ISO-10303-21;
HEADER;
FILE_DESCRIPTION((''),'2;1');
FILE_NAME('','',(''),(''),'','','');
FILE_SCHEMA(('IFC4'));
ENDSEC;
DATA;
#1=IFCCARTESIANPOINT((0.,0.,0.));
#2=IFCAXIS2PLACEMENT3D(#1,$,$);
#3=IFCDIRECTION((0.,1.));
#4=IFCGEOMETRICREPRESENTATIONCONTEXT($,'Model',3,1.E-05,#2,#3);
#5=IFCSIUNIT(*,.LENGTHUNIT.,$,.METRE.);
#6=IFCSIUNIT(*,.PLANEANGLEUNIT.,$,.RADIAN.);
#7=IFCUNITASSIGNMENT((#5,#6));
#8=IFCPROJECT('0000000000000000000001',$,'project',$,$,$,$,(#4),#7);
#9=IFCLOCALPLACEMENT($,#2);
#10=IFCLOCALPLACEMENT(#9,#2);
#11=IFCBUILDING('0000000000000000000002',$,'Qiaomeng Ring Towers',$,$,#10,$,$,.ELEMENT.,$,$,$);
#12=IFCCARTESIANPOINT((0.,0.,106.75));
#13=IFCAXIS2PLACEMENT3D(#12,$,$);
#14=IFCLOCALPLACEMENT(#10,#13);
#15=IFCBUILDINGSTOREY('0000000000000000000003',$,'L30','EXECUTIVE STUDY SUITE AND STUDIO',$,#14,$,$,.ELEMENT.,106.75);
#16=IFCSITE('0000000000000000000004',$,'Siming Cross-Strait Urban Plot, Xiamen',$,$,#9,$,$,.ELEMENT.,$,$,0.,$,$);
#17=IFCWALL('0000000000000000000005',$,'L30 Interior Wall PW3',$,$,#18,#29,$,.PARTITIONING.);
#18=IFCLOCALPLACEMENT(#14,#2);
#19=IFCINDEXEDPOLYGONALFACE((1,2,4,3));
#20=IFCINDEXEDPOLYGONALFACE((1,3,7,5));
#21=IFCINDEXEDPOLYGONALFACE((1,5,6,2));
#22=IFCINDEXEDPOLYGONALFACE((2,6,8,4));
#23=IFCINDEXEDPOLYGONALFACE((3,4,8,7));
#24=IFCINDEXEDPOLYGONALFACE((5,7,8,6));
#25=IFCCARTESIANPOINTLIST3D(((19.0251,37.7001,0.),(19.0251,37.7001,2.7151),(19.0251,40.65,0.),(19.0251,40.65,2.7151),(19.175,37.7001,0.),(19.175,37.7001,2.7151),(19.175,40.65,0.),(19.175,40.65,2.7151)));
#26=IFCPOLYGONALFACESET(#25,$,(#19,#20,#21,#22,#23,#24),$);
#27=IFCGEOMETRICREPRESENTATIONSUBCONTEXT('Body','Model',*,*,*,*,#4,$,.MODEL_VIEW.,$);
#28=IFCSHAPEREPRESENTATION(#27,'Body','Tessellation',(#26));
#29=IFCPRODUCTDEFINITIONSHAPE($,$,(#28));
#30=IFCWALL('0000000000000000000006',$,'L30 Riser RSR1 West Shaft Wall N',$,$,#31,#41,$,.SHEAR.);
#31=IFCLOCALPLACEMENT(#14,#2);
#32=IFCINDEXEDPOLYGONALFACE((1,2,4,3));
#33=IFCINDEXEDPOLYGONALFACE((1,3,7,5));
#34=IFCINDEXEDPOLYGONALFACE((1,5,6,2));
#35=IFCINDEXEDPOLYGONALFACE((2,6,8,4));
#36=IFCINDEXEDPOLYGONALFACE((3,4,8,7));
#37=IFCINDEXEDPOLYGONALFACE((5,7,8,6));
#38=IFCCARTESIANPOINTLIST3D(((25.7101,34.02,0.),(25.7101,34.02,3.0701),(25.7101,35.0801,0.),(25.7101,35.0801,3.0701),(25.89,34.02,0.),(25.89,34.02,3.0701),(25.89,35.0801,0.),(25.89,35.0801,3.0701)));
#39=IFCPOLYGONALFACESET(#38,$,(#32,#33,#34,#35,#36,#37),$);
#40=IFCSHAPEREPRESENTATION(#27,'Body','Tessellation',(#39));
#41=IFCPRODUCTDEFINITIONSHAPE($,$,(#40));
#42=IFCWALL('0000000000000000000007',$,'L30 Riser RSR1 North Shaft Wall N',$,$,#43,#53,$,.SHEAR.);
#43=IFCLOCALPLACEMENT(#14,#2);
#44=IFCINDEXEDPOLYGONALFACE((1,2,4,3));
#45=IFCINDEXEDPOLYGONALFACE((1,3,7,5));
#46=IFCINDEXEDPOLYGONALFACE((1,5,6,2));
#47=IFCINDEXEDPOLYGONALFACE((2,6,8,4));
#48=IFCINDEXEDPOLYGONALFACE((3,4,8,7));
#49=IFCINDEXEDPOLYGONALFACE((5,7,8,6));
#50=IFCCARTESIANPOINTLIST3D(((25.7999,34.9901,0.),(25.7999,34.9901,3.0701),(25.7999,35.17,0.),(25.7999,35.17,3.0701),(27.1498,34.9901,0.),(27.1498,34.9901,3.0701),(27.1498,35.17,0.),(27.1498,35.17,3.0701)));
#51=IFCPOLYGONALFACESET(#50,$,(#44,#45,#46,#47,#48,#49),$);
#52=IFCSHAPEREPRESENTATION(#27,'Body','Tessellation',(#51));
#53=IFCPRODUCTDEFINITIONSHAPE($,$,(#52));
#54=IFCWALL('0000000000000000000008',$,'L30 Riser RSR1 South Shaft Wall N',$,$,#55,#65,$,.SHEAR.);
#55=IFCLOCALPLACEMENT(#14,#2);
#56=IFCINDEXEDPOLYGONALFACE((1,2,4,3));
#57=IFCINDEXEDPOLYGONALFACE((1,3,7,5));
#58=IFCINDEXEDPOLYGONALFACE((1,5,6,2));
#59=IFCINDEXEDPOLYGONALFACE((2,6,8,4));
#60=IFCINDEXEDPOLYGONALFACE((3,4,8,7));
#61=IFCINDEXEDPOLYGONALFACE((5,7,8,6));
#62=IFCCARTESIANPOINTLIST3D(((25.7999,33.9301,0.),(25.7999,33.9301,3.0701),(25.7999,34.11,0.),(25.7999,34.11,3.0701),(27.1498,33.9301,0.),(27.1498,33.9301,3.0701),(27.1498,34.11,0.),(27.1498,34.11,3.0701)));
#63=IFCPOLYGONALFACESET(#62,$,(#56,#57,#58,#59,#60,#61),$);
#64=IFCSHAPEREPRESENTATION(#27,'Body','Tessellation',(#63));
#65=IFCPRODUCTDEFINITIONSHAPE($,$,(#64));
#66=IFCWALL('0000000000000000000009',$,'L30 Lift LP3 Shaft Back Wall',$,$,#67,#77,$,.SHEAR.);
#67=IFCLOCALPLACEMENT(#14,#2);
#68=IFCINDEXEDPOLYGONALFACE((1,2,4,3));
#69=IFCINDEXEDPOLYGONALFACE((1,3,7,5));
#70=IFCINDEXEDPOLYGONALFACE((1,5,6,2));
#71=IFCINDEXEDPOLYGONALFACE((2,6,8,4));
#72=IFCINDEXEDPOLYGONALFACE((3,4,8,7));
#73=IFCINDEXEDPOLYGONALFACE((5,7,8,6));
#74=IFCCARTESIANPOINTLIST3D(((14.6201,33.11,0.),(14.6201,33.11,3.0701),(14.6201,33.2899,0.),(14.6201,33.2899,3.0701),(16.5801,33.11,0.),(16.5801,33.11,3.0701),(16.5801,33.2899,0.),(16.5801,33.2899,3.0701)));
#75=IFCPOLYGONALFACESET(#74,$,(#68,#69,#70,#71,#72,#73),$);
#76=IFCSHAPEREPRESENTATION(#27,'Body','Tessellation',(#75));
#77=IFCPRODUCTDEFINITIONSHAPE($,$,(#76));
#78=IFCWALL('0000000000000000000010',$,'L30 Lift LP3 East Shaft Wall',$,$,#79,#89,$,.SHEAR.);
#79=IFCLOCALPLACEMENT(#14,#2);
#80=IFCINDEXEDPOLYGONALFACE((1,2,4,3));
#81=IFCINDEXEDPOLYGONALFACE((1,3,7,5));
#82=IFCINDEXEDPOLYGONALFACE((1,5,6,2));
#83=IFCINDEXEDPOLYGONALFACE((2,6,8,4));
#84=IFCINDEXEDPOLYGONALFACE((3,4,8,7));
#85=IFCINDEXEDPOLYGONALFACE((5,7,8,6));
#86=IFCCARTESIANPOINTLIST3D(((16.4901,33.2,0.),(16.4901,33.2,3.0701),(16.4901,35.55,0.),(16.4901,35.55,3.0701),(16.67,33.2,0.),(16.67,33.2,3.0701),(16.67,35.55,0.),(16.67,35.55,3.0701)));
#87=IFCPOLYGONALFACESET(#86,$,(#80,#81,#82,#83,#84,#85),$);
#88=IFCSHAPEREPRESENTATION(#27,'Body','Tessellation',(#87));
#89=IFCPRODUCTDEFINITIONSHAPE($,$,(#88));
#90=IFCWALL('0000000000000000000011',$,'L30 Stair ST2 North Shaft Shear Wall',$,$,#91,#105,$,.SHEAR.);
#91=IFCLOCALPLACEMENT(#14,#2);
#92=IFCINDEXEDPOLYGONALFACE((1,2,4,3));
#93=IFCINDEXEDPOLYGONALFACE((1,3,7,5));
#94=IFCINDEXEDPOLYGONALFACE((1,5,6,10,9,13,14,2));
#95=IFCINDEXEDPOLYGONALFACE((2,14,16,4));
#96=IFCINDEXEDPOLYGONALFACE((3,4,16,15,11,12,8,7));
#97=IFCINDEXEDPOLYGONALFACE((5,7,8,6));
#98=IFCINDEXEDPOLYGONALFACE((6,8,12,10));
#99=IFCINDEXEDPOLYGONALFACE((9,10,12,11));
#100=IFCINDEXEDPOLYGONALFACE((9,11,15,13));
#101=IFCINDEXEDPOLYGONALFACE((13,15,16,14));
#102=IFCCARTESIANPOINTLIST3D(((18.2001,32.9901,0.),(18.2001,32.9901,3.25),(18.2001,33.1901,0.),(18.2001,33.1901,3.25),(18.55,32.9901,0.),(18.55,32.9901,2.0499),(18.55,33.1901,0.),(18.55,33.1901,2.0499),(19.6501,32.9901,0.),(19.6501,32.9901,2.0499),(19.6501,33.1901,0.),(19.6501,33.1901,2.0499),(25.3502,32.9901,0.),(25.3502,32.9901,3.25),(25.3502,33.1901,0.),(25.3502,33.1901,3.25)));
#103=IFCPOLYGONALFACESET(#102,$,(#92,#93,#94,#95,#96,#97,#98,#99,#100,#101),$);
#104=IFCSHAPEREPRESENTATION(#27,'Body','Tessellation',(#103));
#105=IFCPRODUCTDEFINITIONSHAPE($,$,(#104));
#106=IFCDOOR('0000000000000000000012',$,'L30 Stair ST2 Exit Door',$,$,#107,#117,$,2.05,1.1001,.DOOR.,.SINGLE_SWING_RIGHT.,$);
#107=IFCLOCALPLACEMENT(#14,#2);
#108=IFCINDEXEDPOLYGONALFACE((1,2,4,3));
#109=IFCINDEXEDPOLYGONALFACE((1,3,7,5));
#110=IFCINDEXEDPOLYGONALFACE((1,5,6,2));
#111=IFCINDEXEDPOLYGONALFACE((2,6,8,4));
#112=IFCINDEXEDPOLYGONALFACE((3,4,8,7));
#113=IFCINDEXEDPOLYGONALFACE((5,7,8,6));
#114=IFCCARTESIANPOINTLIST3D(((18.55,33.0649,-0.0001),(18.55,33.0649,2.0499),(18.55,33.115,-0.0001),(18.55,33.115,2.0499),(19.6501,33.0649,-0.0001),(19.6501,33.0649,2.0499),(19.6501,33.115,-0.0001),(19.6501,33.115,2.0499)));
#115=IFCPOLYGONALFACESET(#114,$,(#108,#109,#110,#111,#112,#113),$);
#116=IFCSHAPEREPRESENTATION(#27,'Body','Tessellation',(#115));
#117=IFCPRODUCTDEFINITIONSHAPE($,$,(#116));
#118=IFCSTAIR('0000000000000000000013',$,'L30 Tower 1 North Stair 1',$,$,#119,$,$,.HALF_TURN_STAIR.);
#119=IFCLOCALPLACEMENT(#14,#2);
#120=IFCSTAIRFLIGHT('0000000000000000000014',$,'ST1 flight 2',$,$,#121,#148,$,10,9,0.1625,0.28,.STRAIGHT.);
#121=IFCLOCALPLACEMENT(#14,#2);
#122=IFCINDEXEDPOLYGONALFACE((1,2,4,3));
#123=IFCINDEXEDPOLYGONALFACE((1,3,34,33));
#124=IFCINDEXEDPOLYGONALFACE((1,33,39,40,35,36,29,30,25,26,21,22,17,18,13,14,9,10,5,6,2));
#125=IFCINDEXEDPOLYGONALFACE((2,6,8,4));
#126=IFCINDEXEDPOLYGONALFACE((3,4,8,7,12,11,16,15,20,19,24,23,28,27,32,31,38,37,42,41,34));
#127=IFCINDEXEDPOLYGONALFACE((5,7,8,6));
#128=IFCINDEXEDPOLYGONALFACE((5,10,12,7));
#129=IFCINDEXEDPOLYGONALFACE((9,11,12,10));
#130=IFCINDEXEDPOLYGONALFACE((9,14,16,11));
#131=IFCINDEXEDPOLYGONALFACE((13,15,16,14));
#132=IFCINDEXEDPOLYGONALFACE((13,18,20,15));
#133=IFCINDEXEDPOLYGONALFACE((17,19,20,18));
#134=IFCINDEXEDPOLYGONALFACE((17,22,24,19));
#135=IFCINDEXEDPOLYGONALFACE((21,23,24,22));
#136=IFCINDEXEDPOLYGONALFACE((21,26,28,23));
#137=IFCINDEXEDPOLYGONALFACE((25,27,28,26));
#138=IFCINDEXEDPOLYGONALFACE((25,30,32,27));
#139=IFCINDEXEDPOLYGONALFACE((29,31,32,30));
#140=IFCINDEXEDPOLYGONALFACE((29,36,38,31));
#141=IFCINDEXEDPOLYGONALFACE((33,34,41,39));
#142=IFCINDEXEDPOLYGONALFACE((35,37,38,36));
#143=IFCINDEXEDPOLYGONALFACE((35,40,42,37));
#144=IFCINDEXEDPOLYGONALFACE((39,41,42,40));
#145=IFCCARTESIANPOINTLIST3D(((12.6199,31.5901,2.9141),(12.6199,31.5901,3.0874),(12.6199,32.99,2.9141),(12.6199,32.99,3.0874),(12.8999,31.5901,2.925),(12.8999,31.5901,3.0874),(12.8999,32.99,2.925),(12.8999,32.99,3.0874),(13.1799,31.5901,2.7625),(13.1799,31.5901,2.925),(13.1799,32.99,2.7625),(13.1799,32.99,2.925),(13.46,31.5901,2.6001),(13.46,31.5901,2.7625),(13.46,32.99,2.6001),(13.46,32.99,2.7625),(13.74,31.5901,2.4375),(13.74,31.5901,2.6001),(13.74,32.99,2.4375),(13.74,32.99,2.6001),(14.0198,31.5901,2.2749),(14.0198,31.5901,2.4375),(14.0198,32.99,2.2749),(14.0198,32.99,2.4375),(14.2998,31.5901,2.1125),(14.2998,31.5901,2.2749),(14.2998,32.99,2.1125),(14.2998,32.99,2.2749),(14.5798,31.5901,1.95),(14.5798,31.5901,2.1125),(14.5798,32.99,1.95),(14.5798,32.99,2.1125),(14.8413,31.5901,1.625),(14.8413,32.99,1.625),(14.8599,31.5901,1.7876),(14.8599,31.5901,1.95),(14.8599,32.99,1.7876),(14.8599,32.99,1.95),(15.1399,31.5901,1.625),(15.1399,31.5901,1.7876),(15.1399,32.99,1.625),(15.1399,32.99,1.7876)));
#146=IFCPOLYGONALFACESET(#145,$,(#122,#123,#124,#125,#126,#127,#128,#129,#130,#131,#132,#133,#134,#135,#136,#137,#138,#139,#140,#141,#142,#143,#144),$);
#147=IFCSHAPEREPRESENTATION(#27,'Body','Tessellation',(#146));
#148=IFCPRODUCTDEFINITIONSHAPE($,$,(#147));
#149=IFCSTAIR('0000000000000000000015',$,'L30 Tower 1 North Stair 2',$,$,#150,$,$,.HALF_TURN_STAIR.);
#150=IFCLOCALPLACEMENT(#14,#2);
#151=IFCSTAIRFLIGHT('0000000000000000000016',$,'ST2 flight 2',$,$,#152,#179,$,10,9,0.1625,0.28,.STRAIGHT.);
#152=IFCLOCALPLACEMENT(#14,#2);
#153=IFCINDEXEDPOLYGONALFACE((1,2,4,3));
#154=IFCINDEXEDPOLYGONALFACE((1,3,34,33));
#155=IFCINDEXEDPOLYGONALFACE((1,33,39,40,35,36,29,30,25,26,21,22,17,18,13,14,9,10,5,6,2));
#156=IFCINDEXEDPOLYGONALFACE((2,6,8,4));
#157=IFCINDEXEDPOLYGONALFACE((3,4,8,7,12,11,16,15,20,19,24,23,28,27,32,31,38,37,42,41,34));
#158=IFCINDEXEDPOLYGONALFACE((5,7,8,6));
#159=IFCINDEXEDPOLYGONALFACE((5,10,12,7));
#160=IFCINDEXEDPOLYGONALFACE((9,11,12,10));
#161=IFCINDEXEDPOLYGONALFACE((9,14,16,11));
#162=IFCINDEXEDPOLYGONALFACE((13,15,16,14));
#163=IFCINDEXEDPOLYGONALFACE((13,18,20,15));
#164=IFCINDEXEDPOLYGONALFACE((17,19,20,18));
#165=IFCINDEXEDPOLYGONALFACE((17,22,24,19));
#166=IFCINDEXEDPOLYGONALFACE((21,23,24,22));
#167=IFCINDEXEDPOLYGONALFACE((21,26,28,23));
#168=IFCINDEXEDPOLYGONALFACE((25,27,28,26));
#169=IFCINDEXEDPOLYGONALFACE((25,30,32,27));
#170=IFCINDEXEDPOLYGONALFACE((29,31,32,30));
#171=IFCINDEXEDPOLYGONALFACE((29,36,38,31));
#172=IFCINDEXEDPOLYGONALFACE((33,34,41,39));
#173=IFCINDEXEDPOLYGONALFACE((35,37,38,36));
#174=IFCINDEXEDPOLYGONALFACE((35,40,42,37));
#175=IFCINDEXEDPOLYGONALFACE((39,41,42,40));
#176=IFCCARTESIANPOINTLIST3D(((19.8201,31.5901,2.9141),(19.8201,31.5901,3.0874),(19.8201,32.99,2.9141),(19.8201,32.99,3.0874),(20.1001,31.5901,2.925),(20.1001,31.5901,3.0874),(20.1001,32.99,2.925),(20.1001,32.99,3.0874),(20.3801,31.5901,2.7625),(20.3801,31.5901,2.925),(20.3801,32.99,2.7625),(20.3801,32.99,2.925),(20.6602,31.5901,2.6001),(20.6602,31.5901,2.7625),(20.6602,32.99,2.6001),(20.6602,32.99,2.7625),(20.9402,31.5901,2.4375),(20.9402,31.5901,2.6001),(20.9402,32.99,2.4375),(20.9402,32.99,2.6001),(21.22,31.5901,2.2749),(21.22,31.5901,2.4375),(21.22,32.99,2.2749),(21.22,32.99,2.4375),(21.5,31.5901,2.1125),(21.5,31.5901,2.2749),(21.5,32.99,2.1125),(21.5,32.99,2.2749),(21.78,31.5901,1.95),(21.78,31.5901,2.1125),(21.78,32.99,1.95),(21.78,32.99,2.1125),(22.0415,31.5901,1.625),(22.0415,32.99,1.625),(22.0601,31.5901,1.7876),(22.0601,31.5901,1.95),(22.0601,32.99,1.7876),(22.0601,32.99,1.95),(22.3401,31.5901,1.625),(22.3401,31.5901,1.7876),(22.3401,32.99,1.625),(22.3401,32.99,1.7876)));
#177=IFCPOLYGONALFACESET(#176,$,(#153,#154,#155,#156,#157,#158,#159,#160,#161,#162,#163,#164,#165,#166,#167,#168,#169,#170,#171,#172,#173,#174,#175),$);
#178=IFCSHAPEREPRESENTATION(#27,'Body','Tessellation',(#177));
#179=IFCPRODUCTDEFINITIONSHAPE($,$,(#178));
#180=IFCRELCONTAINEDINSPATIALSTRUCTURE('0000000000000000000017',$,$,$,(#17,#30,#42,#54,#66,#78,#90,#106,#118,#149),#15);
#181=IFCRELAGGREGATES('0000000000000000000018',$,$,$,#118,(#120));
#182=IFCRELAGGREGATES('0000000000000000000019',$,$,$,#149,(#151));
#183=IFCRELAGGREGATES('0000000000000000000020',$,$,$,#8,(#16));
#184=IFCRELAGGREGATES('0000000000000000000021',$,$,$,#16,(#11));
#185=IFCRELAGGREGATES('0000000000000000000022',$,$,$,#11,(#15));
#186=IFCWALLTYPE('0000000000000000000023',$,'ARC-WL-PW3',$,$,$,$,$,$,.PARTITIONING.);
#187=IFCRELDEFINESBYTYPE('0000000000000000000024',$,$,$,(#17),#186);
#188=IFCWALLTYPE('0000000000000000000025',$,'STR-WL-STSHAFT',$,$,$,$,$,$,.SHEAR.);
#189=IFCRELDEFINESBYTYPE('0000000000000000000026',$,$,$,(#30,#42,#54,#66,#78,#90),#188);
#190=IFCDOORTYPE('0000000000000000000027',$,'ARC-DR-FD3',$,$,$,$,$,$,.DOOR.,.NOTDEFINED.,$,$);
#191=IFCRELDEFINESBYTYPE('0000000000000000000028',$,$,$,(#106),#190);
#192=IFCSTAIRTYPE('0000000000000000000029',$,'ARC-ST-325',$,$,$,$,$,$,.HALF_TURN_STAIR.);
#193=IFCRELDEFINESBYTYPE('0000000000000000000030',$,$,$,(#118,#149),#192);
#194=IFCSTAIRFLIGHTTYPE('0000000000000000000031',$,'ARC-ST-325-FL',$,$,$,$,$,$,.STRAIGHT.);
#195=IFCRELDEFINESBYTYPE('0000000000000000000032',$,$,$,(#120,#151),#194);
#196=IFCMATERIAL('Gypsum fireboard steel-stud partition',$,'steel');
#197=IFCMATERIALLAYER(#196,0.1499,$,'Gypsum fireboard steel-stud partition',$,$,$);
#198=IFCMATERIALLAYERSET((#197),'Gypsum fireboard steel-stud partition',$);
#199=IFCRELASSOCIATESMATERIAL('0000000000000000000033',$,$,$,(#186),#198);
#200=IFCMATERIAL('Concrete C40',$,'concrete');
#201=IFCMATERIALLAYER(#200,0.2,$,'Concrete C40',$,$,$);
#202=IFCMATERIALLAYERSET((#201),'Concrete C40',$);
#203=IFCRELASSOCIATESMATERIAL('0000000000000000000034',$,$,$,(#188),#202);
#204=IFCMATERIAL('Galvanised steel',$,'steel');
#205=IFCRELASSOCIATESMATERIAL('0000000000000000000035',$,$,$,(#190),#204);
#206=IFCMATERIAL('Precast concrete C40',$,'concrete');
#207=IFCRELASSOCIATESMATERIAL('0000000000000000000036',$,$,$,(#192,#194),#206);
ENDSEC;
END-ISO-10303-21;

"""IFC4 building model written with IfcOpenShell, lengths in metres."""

from ifc_helpers import new_model, si_unit, direction, frame, frame_2d, origin, place, context, subcontext, project, spatial, polyline, rectangle, outline, extrude, source, transform, mapped, material, layer, layer_set, type_object, element, fill, aggregate, save


model = new_model("IFC4")

# Units and contexts
model_context = context("Model", 3, precision=1e-05, world=origin(), true_north=direction((0.0, 1.0)))
body_context = subcontext(model_context, "Body", "Model", "MODEL_VIEW")
ifc_project = project(units=[si_unit("LENGTHUNIT", "METRE"), si_unit("PLANEANGLEUNIT", "RADIAN")], contexts=[model_context])

# Site, building, storey
site_placement = place(None, origin())
site = spatial("IfcSite", under=ifc_project, at=site_placement, Name="Siming Cross-Strait Urban Plot, Xiamen", CompositionType="ELEMENT", RefElevation=0.0)
building_placement = place(site_placement, origin())
building = spatial("IfcBuilding", under=site, at=building_placement, Name="Qiaomeng Ring Towers", CompositionType="ELEMENT")
storey_placement = place(building_placement, frame((0.0, 0.0, 106.75)))
storey = spatial("IfcBuildingStorey", under=building, at=storey_placement, Name="L30", Description="EXECUTIVE STUDY SUITE AND STUDIO", CompositionType="ELEMENT", Elevation=106.75)

# Walls
ifc_material_1 = material(Name="Gypsum fireboard steel-stud partition", Category="steel")
ifc_layer_1 = layer(ifc_material_1, 0.1499, Name="Gypsum fireboard steel-stud partition")
ifc_layer_set_1 = layer_set([ifc_layer_1], Name="Gypsum fireboard steel-stud partition")
wall_type_1 = type_object("IfcWallType", Name="ARC-WL-PW3", PredefinedType="PARTITIONING", material=ifc_layer_set_1)
wall_1_placement = place(storey_placement, frame((19.1001, 37.7, 0.0), z_axis=(0.0, 0.0, 1.0), x_axis=(0.0, 1.0, 0.0)))
element("IfcWall", 1, at=wall_1_placement, inside=storey, type_object=wall_type_1, Name="L30 Interior Wall PW3", PredefinedType="PARTITIONING", context=body_context, shape_type="SweptSolid", body=[
    extrude(rectangle(XDim=2.95, YDim=0.1499, at=frame_2d((1.4751, 0.0))), origin(), (0.0, 0.0, 1.0), 2.7151),
])
ifc_material_2 = material(Name="Concrete C40", Category="concrete")
ifc_layer_2 = layer(ifc_material_2, 0.2, Name="Concrete C40")
ifc_layer_set_2 = layer_set([ifc_layer_2], Name="Concrete C40")
wall_type_2 = type_object("IfcWallType", Name="STR-WL-STSHAFT", PredefinedType="SHEAR", material=ifc_layer_set_2)
wall_2_placement = place(storey_placement, frame((25.8, 34.02, 0.0), z_axis=(0.0, 0.0, 1.0), x_axis=(0.0, 1.0, 0.0)))
element("IfcWall", 2, at=wall_2_placement, inside=storey, type_object=wall_type_2, Name="L30 Riser RSR1 West Shaft Wall N", PredefinedType="SHEAR", context=body_context, shape_type="SweptSolid", body=[
    extrude(rectangle(XDim=1.0601, YDim=0.1799, at=frame_2d((0.53, 0.0))), origin(), (0.0, 0.0, 1.0), 3.0701),
])
for number, where, z_axis, x_axis, name in (
    (3, (25.8, 35.0801, 0.0), (0.0, 0.0, 1.0), (1.0, 0.0, 0.0), "L30 Riser RSR1 North Shaft Wall N"),
    (4, (25.8, 34.02, 0.0), (0.0, 0.0, 1.0), (1.0, 0.0, 0.0), "L30 Riser RSR1 South Shaft Wall N"),
):
    element("IfcWall", number, at=place(storey_placement, frame(where, z_axis=z_axis, x_axis=x_axis)), inside=storey, type_object=wall_type_2, Name=name, PredefinedType="SHEAR", context=body_context, shape_type="SweptSolid", body=[
        extrude(rectangle(XDim=1.3499, YDim=0.1799, at=frame_2d((0.6748, 0.0))), origin(), (0.0, 0.0, 1.0), 3.0701),
    ])
wall_3_placement = place(storey_placement, frame((14.6201, 33.2, 0.0), z_axis=(0.0, 0.0, 1.0), x_axis=(1.0, 0.0, 0.0)))
element("IfcWall", 5, at=wall_3_placement, inside=storey, type_object=wall_type_2, Name="L30 Lift LP3 Shaft Back Wall", PredefinedType="SHEAR", context=body_context, shape_type="SweptSolid", body=[
    extrude(rectangle(XDim=1.96, YDim=0.1799, at=frame_2d((0.98, 0.0))), origin(), (0.0, 0.0, 1.0), 3.0701),
])
wall_4_placement = place(storey_placement, frame((16.5801, 33.2, 0.0), z_axis=(0.0, 0.0, 1.0), x_axis=(0.0, 1.0, 0.0)))
element("IfcWall", 6, at=wall_4_placement, inside=storey, type_object=wall_type_2, Name="L30 Lift LP3 East Shaft Wall", PredefinedType="SHEAR", context=body_context, shape_type="SweptSolid", body=[
    extrude(rectangle(XDim=2.3501, YDim=0.1799, at=frame_2d((1.175, 0.0))), origin(), (0.0, 0.0, 1.0), 3.0701),
])

# Wall, opening, door
wall_5_placement = place(storey_placement, frame((18.2, 33.0901, 0.0), z_axis=(0.0, 0.0, 1.0), x_axis=(1.0, 0.0, 0.0)))
wall_5 = element("IfcWall", 7, at=wall_5_placement, inside=storey, type_object=wall_type_2, Name="L30 Stair ST2 North Shaft Shear Wall", PredefinedType="SHEAR", context=body_context, shape_type="SweptSolid", body=[
    extrude(rectangle(XDim=7.1501, YDim=0.2, at=frame_2d((3.5752, 0.0))), origin(), (0.0, 0.0, 1.0), 3.25),
])
opening_placement = place(wall_5_placement, frame((0.3501, 0.0, 0.0)))
opening = element("IfcOpeningElement", 8, at=opening_placement, cuts=wall_5, PredefinedType="OPENING", context=body_context, shape_type="SweptSolid", body=[
    extrude(rectangle(XDim=1.1001, YDim=2.05, at=frame_2d((0.55, 1.0249))), frame((0.0, 0.1099, 0.0), z_axis=(0.0, -1.0, 0.0), x_axis=(1.0, 0.0, 0.0)), (0.0, 0.0, 1.0), 0.22),
])
ifc_material_3 = material(Name="Galvanised steel", Category="steel")
door_type = type_object("IfcDoorType", Name="ARC-DR-FD3", OperationType="NOTDEFINED", PredefinedType="DOOR", material=ifc_material_3)
shared_shape_1 = source(origin(), body_context, "Body", "SweptSolid", [
    extrude(rectangle(XDim=1.1001, YDim=2.05, at=frame_2d((0.55, 1.0249))), frame((0.0, 0.0249, 0.0), z_axis=(0.0, -1.0, 0.0), x_axis=(1.0, 0.0, 0.0)), (0.0, 0.0, 1.0), 0.05),
])
door_placement = place(opening_placement, origin())
door = element("IfcDoor", 9, at=door_placement, inside=storey, type_object=door_type, Name="L30 Stair ST2 Exit Door", OperationType="SINGLE_SWING_RIGHT", OverallHeight=2.05, OverallWidth=1.1001, PredefinedType="DOOR", context=body_context, shape_type="MappedRepresentation", body=[
    mapped(shared_shape_1, transform((0.0, 0.0, 0.0), x_axis=(1.0, 0.0, 0.0), y_axis=(0.0, 1.0, 0.0), z_axis=(0.0, 0.0, 1.0), scale=1.0)),
])
fill(opening, door)

# Stairs, stair flights
ifc_material_4 = material(Name="Precast concrete C40", Category="concrete")
stair_type = type_object("IfcStairType", Name="ARC-ST-325", PredefinedType="HALF_TURN_STAIR", material=ifc_material_4)
stair_1_placement = place(storey_placement, origin())
stair_1 = element("IfcStair", 10, at=stair_1_placement, inside=storey, type_object=stair_type, Name="L30 Tower 1 North Stair 1", PredefinedType="HALF_TURN_STAIR")
stair_flight_type = type_object("IfcStairFlightType", Name="ARC-ST-325-FL", PredefinedType="STRAIGHT", material=ifc_material_4)
shared_shape_2 = source(origin(), body_context, "Body", "SweptSolid", [
    extrude(outline(polyline([(0.0, 0.0), (0.0, 0.1626), (0.28, 0.1626), (0.28, 0.325), (0.5601, 0.325), (0.5601, 0.4875), (0.8401, 0.4875), (0.8401, 0.6499), (1.1201, 0.6499), (1.1201, 0.8125), (1.3999, 0.8125), (1.3999, 0.9751), (1.6799, 0.9751), (1.6799, 1.1375), (1.96, 1.1375), (1.96, 1.3), (2.24, 1.3), (2.24, 1.4624), (2.52, 1.4624), (2.52, 1.625), (2.52, 1.2891), (0.2986, 0.0), (0.0, 0.0)])), frame((0.0, 0.7, 0.0), z_axis=(0.0, -1.0, 0.0), x_axis=(1.0, 0.0, 0.0)), (0.0, 0.0, 1.0), 1.3999),
])
stair_flight_1_placement = place(storey_placement, frame((15.1399, 32.29, 1.625), z_axis=(0.0, 0.0, 1.0), x_axis=(-1.0, 0.0, 0.0)))
stair_flight_1 = element("IfcStairFlight", 11, at=stair_flight_1_placement, type_object=stair_flight_type, Name="ST1 flight 2", NumberOfRisers=10, NumberOfTreads=9, PredefinedType="STRAIGHT", RiserHeight=0.1625, TreadLength=0.28, context=body_context, shape_type="MappedRepresentation", body=[
    mapped(shared_shape_2, transform((0.0, 0.0, 0.0), x_axis=(1.0, 0.0, 0.0), y_axis=(0.0, 1.0, 0.0), z_axis=(0.0, 0.0, 1.0), scale=1.0)),
])
aggregate(stair_1, [stair_flight_1])
stair_2_placement = place(storey_placement, origin())
stair_2 = element("IfcStair", 12, at=stair_2_placement, inside=storey, type_object=stair_type, Name="L30 Tower 1 North Stair 2", PredefinedType="HALF_TURN_STAIR")
stair_flight_2_placement = place(storey_placement, frame((22.3401, 32.29, 1.625), z_axis=(0.0, 0.0, 1.0), x_axis=(-1.0, 0.0, 0.0)))
stair_flight_2 = element("IfcStairFlight", 13, at=stair_flight_2_placement, type_object=stair_flight_type, Name="ST2 flight 2", NumberOfRisers=10, NumberOfTreads=9, PredefinedType="STRAIGHT", RiserHeight=0.1625, TreadLength=0.28, context=body_context, shape_type="MappedRepresentation", body=[
    mapped(shared_shape_2, transform((0.0, 0.0, 0.0), x_axis=(1.0, 0.0, 0.0), y_axis=(0.0, 1.0, 0.0), z_axis=(0.0, 0.0, 1.0), scale=1.0)),
])
aggregate(stair_2, [stair_flight_2])

save(model, "model.ifc")
